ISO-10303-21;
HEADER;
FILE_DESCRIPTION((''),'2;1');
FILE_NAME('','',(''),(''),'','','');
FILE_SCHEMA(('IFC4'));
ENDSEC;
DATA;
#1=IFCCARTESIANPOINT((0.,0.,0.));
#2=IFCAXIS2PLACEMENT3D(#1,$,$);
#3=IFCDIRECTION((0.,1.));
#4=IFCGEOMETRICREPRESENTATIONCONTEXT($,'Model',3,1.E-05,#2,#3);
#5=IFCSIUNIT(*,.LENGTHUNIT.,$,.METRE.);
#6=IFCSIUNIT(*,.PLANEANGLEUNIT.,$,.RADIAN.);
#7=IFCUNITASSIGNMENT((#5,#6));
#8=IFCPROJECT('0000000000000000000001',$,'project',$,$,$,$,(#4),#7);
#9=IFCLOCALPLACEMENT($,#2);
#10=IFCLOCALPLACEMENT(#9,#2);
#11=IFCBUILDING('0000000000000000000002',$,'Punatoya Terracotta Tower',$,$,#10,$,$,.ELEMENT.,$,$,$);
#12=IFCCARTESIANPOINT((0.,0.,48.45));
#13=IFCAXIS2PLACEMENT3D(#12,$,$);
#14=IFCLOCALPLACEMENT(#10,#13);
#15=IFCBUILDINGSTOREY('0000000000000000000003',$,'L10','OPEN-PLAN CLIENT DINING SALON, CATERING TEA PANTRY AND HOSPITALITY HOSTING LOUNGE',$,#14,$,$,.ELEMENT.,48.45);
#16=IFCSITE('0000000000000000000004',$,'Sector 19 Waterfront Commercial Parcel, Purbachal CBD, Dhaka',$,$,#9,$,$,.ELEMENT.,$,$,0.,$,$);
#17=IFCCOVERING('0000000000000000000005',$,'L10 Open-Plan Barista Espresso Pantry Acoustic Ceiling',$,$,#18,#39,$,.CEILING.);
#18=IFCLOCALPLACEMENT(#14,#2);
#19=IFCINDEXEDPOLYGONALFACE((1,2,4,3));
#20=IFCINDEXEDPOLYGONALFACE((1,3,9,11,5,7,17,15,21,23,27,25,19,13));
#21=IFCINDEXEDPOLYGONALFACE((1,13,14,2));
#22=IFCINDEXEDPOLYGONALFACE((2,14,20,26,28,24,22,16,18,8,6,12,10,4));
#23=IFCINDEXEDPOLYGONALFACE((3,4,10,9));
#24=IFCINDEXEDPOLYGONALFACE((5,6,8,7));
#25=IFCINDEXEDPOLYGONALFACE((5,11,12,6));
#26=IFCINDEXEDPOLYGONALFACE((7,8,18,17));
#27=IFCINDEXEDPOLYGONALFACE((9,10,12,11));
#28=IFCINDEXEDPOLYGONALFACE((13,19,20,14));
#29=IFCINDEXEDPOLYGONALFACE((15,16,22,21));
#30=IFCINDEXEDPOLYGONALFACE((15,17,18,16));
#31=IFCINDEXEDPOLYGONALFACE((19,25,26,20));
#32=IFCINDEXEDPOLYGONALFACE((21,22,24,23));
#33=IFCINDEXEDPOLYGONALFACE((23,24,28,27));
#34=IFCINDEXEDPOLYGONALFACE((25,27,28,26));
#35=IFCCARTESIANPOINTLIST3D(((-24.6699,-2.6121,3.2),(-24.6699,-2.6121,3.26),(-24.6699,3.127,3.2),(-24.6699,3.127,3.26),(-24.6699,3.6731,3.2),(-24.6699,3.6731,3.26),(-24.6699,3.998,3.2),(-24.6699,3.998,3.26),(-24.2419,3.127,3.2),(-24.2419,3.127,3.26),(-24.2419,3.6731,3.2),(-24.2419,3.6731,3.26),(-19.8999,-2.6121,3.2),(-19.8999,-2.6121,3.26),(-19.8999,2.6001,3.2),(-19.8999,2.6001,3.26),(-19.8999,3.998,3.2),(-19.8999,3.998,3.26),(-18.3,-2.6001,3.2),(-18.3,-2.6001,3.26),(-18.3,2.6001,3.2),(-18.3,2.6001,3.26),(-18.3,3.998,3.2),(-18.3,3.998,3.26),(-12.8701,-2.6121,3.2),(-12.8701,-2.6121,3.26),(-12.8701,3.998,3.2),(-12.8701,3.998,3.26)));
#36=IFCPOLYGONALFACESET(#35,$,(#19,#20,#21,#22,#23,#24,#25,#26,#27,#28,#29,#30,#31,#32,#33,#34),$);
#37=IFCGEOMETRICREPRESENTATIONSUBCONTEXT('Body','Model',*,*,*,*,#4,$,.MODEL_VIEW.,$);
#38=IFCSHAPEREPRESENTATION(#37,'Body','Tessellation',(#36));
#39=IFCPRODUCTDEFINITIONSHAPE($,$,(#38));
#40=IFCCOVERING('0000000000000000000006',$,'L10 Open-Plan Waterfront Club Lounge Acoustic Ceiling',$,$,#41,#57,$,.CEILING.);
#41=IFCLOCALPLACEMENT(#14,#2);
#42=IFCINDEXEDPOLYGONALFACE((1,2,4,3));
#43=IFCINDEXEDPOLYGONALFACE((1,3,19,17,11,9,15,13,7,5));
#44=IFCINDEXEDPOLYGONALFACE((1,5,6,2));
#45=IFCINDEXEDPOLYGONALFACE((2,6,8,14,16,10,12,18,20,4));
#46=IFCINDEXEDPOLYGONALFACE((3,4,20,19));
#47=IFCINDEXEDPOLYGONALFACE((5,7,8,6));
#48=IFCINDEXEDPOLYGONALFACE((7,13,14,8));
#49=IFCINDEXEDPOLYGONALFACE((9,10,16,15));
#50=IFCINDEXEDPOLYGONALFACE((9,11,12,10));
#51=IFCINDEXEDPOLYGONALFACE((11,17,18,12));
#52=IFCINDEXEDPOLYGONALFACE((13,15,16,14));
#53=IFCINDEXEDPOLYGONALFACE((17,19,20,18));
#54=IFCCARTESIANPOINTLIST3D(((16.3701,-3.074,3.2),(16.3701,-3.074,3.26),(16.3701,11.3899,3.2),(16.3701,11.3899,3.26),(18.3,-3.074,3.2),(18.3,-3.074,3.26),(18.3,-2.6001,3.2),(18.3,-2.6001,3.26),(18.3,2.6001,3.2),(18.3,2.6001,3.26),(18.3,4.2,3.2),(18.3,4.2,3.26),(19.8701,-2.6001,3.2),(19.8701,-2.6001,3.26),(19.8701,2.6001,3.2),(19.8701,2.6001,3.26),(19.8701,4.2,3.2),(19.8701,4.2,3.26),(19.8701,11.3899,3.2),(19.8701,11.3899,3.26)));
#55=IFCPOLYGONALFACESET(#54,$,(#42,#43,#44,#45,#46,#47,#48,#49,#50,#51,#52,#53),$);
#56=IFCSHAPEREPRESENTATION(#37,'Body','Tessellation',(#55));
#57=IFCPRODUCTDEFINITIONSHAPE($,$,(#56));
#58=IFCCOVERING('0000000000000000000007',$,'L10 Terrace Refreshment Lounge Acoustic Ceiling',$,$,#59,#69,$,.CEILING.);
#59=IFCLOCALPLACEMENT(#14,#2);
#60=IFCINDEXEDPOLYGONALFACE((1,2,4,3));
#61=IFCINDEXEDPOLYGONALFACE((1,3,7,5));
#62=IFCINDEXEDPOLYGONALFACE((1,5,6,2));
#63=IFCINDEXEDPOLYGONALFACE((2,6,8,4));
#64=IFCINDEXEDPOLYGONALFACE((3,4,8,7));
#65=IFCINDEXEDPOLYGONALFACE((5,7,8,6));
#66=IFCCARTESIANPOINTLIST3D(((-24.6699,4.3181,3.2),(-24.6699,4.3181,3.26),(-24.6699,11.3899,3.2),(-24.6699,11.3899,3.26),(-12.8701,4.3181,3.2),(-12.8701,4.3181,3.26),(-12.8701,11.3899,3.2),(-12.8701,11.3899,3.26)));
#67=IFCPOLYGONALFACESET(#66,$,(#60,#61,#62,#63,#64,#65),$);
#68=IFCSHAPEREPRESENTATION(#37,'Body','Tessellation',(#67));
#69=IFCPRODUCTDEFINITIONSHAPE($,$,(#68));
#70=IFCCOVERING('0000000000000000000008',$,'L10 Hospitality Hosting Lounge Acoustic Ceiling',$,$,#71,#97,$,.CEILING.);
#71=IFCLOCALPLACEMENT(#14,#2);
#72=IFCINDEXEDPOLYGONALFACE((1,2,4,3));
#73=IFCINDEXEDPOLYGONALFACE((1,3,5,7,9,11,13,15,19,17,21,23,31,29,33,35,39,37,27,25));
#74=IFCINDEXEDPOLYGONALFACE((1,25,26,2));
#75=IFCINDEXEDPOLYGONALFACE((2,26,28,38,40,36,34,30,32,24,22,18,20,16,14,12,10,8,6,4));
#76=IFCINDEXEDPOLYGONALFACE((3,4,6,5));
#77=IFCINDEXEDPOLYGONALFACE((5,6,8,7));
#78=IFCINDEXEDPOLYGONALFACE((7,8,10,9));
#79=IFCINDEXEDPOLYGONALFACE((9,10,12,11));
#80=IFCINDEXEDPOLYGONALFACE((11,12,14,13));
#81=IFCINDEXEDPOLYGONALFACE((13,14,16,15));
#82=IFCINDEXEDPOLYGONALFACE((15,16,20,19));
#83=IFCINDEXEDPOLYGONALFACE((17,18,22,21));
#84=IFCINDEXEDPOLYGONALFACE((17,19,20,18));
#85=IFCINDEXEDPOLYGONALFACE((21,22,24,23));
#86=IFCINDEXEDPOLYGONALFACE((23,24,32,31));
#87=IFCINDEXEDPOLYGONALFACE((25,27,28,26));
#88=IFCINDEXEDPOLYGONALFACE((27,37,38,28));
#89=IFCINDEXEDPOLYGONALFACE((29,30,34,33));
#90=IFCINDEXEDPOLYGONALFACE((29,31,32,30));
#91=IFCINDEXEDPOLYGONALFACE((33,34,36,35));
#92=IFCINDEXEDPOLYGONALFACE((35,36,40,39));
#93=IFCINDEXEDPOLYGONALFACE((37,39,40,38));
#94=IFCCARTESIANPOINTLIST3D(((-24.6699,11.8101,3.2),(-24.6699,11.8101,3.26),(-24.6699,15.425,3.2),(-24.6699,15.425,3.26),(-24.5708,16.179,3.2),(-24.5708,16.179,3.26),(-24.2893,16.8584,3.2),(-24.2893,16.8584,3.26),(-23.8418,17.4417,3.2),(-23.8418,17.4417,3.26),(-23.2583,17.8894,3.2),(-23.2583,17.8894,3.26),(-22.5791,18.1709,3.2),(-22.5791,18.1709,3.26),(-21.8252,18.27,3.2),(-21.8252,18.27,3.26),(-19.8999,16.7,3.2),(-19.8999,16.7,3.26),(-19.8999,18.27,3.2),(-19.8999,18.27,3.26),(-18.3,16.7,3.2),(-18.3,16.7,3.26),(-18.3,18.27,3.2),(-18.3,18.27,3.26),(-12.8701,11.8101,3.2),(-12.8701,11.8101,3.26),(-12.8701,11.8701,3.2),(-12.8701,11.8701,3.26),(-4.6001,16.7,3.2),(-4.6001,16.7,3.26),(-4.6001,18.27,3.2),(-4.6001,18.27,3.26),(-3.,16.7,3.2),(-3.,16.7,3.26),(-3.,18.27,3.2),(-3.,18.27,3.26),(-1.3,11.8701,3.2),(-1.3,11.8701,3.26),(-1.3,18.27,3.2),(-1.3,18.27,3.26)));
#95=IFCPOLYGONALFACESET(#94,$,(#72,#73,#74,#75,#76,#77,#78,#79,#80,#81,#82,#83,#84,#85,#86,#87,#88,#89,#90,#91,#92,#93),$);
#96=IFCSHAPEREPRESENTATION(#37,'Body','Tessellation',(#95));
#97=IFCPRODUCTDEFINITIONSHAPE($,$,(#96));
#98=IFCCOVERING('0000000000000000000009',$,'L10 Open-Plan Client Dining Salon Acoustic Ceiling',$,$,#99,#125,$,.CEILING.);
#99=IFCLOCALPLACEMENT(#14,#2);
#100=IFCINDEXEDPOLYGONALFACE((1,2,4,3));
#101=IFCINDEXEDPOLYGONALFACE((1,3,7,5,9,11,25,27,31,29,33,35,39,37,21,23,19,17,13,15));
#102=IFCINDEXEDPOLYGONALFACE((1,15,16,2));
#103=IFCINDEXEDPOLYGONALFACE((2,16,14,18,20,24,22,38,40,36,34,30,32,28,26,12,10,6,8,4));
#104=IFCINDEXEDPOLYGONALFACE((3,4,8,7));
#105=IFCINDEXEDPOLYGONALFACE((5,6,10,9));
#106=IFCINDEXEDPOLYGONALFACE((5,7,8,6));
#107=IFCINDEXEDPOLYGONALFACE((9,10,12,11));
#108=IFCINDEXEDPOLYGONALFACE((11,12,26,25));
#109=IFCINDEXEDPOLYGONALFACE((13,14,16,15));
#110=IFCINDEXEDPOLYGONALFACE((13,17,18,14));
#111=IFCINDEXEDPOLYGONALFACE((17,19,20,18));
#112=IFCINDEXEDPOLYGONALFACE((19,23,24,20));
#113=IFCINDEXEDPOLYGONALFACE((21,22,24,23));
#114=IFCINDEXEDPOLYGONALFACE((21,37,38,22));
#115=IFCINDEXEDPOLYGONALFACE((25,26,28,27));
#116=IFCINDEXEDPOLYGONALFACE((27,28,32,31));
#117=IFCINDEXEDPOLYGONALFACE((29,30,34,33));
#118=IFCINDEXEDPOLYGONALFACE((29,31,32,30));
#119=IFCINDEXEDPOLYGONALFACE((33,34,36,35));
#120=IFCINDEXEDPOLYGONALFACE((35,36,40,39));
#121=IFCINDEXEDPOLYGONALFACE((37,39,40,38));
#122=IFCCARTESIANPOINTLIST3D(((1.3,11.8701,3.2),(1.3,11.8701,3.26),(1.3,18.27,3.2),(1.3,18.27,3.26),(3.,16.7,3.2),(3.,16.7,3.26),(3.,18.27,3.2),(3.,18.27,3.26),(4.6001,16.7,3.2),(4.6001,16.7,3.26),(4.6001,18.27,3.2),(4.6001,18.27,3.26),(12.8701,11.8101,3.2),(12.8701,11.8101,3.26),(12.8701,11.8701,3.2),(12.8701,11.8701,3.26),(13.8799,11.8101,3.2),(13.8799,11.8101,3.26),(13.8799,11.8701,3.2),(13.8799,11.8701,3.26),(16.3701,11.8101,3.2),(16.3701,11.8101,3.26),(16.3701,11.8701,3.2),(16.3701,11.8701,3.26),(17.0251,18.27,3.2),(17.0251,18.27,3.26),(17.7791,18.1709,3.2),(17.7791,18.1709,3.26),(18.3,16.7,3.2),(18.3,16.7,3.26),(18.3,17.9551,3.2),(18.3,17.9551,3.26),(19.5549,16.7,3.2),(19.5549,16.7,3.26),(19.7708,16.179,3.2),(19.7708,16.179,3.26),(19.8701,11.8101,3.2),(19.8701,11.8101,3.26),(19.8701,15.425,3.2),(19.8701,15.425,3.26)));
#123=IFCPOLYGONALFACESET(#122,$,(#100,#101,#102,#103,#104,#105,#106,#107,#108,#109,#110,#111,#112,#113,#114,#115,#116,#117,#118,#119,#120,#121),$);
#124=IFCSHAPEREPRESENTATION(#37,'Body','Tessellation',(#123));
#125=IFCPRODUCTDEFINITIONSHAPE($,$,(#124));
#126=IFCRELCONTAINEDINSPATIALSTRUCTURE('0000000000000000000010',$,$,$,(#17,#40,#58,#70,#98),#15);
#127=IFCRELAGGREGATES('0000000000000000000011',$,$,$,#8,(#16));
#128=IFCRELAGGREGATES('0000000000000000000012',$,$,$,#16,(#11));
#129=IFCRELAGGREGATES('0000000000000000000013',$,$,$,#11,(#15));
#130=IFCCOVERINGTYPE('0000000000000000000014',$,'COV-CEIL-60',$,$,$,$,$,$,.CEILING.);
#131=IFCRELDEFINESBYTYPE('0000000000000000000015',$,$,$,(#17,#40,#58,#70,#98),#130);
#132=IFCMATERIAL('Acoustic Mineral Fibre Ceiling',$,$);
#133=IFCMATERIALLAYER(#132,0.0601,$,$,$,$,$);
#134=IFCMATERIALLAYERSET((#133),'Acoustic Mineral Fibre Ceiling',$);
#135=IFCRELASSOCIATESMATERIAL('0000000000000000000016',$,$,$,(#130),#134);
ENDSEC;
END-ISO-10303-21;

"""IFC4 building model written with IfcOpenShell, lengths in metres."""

from ifc_helpers import new_model, si_unit, direction, frame, origin, place, context, subcontext, project, spatial, polyline, outline, extrude, material, layer, layer_set, type_object, element, save


model = new_model("IFC4")

# Units and contexts
model_context = context("Model", 3, precision=1e-05, world=origin(), true_north=direction((0.0, 1.0)))
body_context = subcontext(model_context, "Body", "Model", "MODEL_VIEW")
ifc_project = project(units=[si_unit("LENGTHUNIT", "METRE"), si_unit("PLANEANGLEUNIT", "RADIAN")], contexts=[model_context])

# Site, building, storey
site_placement = place(None, origin())
site = spatial("IfcSite", under=ifc_project, at=site_placement, Name="Sector 19 Waterfront Commercial Parcel, Purbachal CBD, Dhaka", CompositionType="ELEMENT", RefElevation=0.0)
building_placement = place(site_placement, origin())
building = spatial("IfcBuilding", under=site, at=building_placement, Name="Punatoya Terracotta Tower", CompositionType="ELEMENT")
storey_placement = place(building_placement, frame((0.0, 0.0, 48.45)))
storey = spatial("IfcBuildingStorey", under=building, at=storey_placement, Name="L10", Description="OPEN-PLAN CLIENT DINING SALON, CATERING TEA PANTRY AND HOSPITALITY HOSTING LOUNGE", CompositionType="ELEMENT", Elevation=48.45)

# Coverings
ifc_material_1 = material(Name="Acoustic Mineral Fibre Ceiling")
ifc_layer_1 = layer(ifc_material_1, 0.0601)
ifc_layer_set_1 = layer_set([ifc_layer_1], Name="Acoustic Mineral Fibre Ceiling")
covering_type = type_object("IfcCoveringType", Name="COV-CEIL-60", PredefinedType="CEILING", material=ifc_layer_set_1)
covering_1_placement = place(storey_placement, frame((0.0, 0.0, 3.2)))
element("IfcCovering", 1, at=covering_1_placement, inside=storey, type_object=covering_type, Name="L10 Open-Plan Barista Espresso Pantry Acoustic Ceiling", PredefinedType="CEILING", context=body_context, shape_type="SweptSolid", body=[
    extrude(outline(polyline([(-19.8999, -2.6121), (-18.3, -2.6001), (-12.8701, -2.6121), (-12.8701, 3.998), (-18.3, 3.998), (-18.3, 2.6001), (-19.8999, 2.6001), (-19.8999, 3.998), (-24.6699, 3.998), (-24.6699, 3.6731), (-24.2419, 3.6731), (-24.2419, 3.127), (-24.6699, 3.127), (-24.6699, -2.6121), (-19.8999, -2.6121)])), origin(), (0.0, 0.0, 1.0), 0.0601),
])
covering_2_placement = place(storey_placement, frame((0.0, 0.0, 3.2)))
element("IfcCovering", 2, at=covering_2_placement, inside=storey, type_object=covering_type, Name="L10 Open-Plan Waterfront Club Lounge Acoustic Ceiling", PredefinedType="CEILING", context=body_context, shape_type="SweptSolid", body=[
    extrude(outline(polyline([(19.8701, -2.6001), (19.8701, 2.6001), (18.3, 2.6001), (18.3, 4.2), (19.8701, 4.2), (19.8701, 11.3899), (16.3701, 11.3899), (16.3701, -3.074), (18.3, -3.074), (18.3, -2.6001), (19.8701, -2.6001)])), origin(), (0.0, 0.0, 1.0), 0.0601),
])
covering_3_placement = place(storey_placement, frame((0.0, 0.0, 3.2)))
element("IfcCovering", 3, at=covering_3_placement, inside=storey, type_object=covering_type, Name="L10 Terrace Refreshment Lounge Acoustic Ceiling", PredefinedType="CEILING", context=body_context, shape_type="SweptSolid", body=[
    extrude(outline(polyline([(-12.8701, 4.3181), (-12.8701, 11.3899), (-24.6699, 11.3899), (-24.6699, 4.3181), (-12.8701, 4.3181)])), origin(), (0.0, 0.0, 1.0), 0.0601),
])
covering_4_placement = place(storey_placement, frame((0.0, 0.0, 3.2)))
element("IfcCovering", 4, at=covering_4_placement, inside=storey, type_object=covering_type, Name="L10 Hospitality Hosting Lounge Acoustic Ceiling", PredefinedType="CEILING", context=body_context, shape_type="SweptSolid", body=[
    extrude(outline(polyline([(-18.3, 18.27), (-18.3, 16.7), (-19.8999, 16.7), (-19.8999, 18.27), (-21.8252, 18.27), (-22.5791, 18.1709), (-23.2583, 17.8894), (-23.8418, 17.4417), (-24.2893, 16.8584), (-24.5708, 16.179), (-24.6699, 15.425), (-24.6699, 11.8101), (-12.8701, 11.8101), (-12.8701, 11.8701), (-1.3, 11.8701), (-1.3, 18.27), (-3.0, 18.27), (-3.0, 16.7), (-4.6001, 16.7), (-4.6001, 18.27), (-18.3, 18.27)])), origin(), (0.0, 0.0, 1.0), 0.0601),
])
covering_5_placement = place(storey_placement, frame((0.0, 0.0, 3.2)))
element("IfcCovering", 5, at=covering_5_placement, inside=storey, type_object=covering_type, Name="L10 Open-Plan Client Dining Salon Acoustic Ceiling", PredefinedType="CEILING", context=body_context, shape_type="SweptSolid", body=[
    extrude(outline(polyline([(4.6001, 16.7), (3.0, 16.7), (3.0, 18.27), (1.3, 18.27), (1.3, 11.8701), (12.8701, 11.8701), (12.8701, 11.8101), (13.8799, 11.8101), (13.8799, 11.8701), (16.3701, 11.8701), (16.3701, 11.8101), (19.8701, 11.8101), (19.8701, 15.425), (19.7708, 16.179), (19.5549, 16.7), (18.3, 16.7), (18.3, 17.9551), (17.7791, 18.1709), (17.0251, 18.27), (4.6001, 18.27), (4.6001, 16.7)])), origin(), (0.0, 0.0, 1.0), 0.0601),
])

save(model, "model.ifc")
